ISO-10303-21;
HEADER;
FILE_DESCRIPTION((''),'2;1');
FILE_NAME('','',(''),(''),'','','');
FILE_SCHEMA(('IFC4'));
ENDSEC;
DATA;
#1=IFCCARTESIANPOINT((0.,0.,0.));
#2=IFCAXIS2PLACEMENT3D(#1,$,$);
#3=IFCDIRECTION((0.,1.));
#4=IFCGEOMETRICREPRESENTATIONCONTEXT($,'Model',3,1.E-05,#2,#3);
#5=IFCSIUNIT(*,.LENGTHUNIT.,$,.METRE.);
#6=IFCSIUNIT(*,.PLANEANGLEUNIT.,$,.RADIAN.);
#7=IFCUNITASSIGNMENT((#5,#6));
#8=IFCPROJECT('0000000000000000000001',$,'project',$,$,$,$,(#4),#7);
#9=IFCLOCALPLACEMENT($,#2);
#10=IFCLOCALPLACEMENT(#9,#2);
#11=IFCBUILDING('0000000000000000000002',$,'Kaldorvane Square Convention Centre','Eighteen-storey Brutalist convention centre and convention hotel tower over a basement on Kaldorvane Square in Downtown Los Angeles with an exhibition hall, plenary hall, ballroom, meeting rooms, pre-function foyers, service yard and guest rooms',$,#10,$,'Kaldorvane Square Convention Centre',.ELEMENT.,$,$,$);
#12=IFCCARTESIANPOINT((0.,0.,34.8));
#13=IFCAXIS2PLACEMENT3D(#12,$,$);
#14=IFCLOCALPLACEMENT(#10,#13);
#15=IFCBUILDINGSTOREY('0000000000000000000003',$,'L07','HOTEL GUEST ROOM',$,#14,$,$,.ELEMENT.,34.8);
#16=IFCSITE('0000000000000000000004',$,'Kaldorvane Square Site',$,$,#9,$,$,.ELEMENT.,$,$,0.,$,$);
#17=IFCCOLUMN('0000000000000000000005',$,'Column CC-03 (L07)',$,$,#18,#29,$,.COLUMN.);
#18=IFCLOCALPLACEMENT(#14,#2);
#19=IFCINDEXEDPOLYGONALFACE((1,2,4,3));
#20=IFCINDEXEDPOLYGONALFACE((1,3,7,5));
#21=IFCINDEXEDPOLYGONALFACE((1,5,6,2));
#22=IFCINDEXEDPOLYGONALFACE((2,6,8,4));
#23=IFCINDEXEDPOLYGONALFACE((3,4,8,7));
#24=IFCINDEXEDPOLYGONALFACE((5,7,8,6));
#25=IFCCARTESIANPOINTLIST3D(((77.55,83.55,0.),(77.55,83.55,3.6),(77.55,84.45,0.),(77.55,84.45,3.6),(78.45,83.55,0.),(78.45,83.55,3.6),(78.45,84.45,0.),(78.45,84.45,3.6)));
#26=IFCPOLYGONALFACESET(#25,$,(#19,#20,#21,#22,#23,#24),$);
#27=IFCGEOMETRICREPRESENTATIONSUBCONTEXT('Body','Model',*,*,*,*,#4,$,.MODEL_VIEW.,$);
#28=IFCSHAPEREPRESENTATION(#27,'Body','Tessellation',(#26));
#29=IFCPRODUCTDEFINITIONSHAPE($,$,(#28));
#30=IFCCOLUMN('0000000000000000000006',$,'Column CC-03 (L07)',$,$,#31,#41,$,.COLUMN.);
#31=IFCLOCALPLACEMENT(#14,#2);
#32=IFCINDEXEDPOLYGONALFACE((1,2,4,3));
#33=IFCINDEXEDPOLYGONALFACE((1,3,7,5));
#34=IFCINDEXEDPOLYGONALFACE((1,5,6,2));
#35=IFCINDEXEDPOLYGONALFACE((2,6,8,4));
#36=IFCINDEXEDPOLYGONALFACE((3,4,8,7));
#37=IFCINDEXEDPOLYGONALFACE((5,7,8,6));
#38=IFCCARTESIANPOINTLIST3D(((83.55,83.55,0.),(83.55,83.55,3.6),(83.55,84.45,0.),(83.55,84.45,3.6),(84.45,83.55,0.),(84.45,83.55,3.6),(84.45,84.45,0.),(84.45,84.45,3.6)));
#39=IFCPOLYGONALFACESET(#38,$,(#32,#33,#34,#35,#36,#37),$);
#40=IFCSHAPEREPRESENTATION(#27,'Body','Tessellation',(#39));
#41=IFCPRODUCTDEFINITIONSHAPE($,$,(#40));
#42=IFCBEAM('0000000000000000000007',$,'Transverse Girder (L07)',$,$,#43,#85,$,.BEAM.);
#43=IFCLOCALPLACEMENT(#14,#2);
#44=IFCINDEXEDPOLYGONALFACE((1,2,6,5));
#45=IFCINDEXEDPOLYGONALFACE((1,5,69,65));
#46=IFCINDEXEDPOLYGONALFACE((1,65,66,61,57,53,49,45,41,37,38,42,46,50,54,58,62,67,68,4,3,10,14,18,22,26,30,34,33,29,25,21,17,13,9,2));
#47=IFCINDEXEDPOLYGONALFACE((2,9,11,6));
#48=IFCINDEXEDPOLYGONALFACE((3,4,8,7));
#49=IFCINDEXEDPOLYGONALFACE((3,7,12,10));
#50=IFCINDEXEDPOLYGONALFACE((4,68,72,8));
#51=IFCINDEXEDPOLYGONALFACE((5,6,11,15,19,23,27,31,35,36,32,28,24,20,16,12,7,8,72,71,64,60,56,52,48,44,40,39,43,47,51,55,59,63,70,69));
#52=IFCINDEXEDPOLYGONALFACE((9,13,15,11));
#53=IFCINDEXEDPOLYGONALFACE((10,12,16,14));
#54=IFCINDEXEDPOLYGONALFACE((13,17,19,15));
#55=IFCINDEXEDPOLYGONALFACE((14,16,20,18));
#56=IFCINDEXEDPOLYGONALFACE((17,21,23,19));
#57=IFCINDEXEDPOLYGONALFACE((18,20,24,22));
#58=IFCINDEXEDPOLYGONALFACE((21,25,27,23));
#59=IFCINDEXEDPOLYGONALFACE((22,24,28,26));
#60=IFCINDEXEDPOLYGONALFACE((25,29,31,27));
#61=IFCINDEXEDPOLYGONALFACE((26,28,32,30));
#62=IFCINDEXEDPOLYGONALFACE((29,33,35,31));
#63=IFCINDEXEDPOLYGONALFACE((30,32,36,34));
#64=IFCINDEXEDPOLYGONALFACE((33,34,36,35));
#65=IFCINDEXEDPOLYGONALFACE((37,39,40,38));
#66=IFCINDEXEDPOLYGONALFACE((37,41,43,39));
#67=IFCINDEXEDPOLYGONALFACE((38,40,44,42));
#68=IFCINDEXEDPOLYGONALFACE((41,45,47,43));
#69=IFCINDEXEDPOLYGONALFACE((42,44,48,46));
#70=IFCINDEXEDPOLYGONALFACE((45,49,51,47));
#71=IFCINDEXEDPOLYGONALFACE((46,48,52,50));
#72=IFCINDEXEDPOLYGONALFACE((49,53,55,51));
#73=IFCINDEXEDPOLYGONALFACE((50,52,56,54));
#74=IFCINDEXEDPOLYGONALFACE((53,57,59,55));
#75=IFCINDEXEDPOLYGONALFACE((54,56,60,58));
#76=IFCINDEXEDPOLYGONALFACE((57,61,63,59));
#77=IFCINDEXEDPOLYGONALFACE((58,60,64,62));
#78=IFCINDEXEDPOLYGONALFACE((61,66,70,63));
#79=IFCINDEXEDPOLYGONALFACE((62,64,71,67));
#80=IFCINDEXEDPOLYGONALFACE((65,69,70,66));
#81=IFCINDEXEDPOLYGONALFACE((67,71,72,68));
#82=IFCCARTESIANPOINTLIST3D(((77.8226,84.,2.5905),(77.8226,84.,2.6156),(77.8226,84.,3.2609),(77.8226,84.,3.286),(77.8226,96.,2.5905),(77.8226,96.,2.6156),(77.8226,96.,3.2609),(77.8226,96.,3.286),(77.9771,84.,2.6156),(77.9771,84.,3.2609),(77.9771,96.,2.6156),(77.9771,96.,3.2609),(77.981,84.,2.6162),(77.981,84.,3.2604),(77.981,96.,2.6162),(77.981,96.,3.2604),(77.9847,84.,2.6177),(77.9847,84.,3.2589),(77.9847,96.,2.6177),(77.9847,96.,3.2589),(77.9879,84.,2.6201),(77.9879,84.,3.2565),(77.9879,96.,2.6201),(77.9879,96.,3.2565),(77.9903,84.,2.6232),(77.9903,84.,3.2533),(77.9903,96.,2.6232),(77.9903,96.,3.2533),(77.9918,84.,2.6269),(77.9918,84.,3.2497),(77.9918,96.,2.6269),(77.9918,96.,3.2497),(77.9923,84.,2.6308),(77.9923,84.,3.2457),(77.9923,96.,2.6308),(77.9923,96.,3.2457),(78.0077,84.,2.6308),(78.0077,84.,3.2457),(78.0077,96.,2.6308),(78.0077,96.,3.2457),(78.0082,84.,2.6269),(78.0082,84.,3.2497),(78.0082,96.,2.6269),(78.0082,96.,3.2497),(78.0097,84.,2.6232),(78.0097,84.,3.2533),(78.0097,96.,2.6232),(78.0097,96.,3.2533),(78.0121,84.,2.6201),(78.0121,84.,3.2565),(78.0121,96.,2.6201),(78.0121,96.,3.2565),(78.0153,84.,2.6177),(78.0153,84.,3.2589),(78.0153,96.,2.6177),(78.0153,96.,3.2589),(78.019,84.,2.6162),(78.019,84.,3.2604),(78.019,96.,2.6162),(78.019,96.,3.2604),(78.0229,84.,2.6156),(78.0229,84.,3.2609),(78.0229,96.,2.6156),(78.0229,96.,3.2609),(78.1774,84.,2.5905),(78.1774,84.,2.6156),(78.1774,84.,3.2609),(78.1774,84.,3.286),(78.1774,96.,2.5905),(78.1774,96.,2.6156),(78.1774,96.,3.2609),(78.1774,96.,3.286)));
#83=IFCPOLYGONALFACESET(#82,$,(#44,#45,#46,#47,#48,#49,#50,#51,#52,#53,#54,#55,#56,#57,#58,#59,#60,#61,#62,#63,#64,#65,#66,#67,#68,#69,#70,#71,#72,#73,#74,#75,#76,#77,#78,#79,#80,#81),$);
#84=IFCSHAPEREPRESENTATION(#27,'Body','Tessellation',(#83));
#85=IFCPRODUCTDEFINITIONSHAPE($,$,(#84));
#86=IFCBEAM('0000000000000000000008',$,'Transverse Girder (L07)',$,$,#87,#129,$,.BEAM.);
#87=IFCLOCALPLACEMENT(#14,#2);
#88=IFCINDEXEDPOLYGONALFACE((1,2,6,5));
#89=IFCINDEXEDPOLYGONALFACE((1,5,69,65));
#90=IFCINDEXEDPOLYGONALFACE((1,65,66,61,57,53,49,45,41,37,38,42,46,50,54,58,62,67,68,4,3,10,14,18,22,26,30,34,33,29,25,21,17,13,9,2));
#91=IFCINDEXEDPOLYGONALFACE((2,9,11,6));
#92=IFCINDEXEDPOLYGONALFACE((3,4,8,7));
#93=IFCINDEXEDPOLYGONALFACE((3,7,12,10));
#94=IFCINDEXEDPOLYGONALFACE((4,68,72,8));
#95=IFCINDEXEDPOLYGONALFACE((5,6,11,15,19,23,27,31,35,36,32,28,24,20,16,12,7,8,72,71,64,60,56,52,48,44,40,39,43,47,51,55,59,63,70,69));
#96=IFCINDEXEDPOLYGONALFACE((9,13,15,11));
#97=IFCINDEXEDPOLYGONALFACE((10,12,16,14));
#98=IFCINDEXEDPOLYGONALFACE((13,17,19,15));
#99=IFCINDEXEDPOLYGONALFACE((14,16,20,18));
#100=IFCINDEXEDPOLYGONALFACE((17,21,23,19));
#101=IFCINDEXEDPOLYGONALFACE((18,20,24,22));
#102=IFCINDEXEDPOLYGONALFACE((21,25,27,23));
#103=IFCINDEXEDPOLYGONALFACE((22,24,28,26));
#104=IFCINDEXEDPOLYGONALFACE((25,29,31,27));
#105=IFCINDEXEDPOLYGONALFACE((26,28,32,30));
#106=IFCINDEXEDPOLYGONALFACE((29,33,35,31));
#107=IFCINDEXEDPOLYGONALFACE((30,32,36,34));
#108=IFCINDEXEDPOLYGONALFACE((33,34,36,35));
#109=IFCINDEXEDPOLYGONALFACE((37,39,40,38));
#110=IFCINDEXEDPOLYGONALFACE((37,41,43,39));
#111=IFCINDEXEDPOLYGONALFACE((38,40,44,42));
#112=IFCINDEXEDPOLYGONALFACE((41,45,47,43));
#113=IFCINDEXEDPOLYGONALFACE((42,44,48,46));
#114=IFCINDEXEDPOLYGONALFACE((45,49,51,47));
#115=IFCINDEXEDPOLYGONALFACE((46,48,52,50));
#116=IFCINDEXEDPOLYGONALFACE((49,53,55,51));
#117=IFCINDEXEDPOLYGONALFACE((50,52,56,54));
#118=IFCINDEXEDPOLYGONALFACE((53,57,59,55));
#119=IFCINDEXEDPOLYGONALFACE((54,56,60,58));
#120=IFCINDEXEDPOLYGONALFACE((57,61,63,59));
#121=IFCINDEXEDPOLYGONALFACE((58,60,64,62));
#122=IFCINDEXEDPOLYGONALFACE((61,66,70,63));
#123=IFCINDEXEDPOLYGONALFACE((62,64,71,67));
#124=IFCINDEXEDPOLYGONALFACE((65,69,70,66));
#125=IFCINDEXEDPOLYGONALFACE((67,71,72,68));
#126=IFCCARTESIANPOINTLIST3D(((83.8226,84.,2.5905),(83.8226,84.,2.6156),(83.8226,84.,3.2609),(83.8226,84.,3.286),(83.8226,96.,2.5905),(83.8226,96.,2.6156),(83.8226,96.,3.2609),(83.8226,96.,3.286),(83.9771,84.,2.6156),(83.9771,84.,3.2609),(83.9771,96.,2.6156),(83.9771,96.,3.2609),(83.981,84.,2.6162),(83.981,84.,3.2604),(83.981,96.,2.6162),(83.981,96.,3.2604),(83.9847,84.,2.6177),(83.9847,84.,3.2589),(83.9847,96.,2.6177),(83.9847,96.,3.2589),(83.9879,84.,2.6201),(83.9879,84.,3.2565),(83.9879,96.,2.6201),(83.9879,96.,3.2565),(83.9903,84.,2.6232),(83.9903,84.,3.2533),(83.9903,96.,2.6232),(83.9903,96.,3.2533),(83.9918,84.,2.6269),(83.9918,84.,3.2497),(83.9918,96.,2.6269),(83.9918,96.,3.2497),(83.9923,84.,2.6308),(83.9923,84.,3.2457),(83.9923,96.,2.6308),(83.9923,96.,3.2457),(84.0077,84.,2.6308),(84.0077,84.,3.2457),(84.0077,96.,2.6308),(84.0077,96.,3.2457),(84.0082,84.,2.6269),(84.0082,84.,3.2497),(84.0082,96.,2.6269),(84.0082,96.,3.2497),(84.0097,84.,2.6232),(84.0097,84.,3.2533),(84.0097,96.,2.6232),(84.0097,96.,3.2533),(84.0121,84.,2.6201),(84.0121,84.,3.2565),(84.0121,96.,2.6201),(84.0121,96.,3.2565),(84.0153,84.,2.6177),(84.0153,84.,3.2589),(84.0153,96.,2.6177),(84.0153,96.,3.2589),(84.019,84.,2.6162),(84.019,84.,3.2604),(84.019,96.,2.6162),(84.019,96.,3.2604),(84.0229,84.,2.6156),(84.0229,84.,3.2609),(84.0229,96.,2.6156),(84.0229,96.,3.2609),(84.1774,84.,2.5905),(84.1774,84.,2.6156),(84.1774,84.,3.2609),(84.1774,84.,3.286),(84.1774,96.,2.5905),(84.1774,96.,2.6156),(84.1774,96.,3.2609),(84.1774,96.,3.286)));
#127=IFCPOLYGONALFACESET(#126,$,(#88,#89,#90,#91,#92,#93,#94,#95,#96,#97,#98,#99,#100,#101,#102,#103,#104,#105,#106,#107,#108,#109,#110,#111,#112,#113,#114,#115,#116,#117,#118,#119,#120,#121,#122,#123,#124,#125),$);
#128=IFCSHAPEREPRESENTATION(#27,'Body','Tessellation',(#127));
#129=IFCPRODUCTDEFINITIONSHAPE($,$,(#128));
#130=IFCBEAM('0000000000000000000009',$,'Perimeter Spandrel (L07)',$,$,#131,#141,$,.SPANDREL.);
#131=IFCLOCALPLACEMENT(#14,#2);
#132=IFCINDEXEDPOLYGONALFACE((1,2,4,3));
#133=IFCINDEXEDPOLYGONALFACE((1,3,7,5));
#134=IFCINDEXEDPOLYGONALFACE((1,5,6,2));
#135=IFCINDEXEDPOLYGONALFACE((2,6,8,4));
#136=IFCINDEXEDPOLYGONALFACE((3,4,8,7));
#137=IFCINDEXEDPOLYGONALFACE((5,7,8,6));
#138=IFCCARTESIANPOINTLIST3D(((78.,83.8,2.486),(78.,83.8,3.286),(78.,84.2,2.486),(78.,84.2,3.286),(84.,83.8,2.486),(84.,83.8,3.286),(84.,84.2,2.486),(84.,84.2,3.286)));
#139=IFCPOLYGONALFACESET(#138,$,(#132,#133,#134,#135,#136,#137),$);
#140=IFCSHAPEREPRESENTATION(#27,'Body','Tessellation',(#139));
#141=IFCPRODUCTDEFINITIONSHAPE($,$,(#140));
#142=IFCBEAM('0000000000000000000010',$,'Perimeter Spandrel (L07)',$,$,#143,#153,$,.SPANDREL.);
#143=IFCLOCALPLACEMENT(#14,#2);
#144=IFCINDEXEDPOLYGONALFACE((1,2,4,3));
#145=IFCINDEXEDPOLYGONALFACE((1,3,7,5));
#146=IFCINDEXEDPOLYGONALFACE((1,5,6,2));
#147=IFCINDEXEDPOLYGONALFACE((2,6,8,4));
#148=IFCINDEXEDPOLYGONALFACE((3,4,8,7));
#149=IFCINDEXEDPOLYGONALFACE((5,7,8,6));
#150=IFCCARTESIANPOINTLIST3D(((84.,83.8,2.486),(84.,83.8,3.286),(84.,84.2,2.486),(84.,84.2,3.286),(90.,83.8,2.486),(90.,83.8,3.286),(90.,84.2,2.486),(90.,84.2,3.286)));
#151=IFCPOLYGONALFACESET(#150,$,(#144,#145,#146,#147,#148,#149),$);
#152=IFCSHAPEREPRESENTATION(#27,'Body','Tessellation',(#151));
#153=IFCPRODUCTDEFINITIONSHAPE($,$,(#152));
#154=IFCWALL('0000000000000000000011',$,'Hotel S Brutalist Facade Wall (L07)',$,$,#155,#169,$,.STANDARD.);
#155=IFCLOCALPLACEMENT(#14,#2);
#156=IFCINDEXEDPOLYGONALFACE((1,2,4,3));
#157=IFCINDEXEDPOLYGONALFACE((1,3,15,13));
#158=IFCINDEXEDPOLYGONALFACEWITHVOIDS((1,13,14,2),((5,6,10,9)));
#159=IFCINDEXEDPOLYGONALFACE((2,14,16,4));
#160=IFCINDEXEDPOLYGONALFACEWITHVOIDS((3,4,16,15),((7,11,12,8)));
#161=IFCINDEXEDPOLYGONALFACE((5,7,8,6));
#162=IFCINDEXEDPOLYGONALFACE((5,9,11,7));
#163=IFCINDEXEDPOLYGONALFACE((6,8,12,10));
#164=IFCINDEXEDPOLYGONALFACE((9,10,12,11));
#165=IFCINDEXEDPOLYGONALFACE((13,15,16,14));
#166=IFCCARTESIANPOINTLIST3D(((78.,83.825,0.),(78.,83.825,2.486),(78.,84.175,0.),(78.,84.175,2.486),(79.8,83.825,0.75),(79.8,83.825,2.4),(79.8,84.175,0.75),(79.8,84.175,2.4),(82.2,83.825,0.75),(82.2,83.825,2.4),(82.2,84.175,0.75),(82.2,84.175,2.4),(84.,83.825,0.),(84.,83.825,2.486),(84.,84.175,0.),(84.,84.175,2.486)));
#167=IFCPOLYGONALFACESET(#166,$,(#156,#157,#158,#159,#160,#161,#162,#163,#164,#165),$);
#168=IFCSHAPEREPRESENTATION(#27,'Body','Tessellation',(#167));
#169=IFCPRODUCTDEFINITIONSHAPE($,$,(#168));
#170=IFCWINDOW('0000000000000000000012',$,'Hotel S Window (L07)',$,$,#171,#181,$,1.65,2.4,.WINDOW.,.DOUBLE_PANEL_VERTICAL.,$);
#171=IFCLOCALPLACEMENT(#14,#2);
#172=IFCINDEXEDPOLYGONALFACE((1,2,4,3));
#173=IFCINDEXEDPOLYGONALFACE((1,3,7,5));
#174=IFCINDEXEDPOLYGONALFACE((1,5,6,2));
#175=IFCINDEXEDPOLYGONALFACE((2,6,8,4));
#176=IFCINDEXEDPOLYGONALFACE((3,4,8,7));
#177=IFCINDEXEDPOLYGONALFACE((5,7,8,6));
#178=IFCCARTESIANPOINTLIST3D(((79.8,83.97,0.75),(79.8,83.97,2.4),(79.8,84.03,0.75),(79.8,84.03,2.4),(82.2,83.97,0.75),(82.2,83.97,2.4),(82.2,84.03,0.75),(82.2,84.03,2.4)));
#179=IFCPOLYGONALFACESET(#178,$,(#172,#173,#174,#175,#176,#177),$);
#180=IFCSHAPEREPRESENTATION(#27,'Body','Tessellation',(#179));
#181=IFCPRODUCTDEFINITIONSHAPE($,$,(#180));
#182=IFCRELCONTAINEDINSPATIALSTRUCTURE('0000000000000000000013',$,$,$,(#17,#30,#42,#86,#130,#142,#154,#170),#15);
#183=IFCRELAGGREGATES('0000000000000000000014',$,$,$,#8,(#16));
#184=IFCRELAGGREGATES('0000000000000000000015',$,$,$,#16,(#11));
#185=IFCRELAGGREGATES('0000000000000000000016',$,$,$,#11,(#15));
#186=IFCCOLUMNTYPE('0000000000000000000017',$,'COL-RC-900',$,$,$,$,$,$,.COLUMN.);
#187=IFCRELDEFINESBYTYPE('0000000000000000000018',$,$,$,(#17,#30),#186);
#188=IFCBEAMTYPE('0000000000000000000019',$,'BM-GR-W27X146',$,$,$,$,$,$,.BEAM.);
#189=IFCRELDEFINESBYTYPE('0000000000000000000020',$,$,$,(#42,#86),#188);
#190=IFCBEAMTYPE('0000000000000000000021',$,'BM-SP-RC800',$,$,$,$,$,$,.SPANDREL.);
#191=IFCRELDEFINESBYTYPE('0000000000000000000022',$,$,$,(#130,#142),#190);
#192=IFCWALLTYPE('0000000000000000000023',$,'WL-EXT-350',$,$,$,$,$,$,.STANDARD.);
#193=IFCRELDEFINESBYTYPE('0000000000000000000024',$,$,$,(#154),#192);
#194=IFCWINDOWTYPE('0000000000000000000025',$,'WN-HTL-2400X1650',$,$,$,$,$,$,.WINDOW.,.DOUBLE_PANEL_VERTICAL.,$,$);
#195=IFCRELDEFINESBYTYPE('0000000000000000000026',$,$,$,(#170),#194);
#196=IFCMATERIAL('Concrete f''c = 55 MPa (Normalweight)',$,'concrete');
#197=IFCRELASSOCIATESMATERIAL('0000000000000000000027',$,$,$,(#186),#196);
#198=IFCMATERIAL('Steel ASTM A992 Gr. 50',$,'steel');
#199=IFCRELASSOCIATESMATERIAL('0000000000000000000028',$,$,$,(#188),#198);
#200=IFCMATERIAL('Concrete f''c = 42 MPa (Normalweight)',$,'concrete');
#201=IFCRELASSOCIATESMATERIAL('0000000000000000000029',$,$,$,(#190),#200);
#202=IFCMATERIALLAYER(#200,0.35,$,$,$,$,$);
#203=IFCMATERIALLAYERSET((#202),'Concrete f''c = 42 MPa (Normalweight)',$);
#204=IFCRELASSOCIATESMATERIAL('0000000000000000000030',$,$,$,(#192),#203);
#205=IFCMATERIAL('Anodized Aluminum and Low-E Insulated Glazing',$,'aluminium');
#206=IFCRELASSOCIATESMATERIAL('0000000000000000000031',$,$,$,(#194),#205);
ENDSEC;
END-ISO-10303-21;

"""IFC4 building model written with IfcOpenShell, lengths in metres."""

from ifc_helpers import new_model, si_unit, direction, frame, frame_2d, origin, origin_2d, place, context, subcontext, project, spatial, rectangle, i_section, extrude, material, layer, layer_set, material_profile, profile_set, type_object, element, fill, save


model = new_model("IFC4")

# Units and contexts
model_context = context("Model", 3, precision=1e-05, world=origin(), true_north=direction((0.0, 1.0)))
body_context = subcontext(model_context, "Body", "Model", "MODEL_VIEW")
ifc_project = project(units=[si_unit("LENGTHUNIT", "METRE"), si_unit("PLANEANGLEUNIT", "RADIAN")], contexts=[model_context])

# Site, building, storey
site_placement = place(None, origin())
site = spatial("IfcSite", under=ifc_project, at=site_placement, Name="Kaldorvane Square Site", CompositionType="ELEMENT", RefElevation=0.0)
building_placement = place(site_placement, origin())
building = spatial("IfcBuilding", under=site, at=building_placement, Name="Kaldorvane Square Convention Centre", Description="Eighteen-storey Brutalist convention centre and convention hotel tower over a basement on Kaldorvane Square in Downtown Los Angeles with an exhibition hall, plenary hall, ballroom, meeting rooms, pre-function foyers, service yard and guest rooms", LongName="Kaldorvane Square Convention Centre", CompositionType="ELEMENT")
storey_placement = place(building_placement, frame((0.0, 0.0, 34.8)))
storey = spatial("IfcBuildingStorey", under=building, at=storey_placement, Name="L07", Description="HOTEL GUEST ROOM", CompositionType="ELEMENT", Elevation=34.8)

# Columns
ifc_material_1 = material(Name="Concrete f'c = 55 MPa (Normalweight)", Category="concrete")
ifc_material_profile_1 = material_profile(ifc_material_1, rectangle(XDim=0.9, YDim=0.9, at=origin_2d()), Name="RC900X900")
ifc_profile_set_1 = profile_set([ifc_material_profile_1], Name="Concrete f'c = 55 MPa (Normalweight)")
column_type = type_object("IfcColumnType", Name="COL-RC-900", PredefinedType="COLUMN", material=ifc_profile_set_1)
for number, where, z_axis, x_axis, name in (
    (1, (78.0, 84.0, 0.0), (0.0, 0.0, 1.0), (1.0, 0.0, 0.0), "Column CC-03 (L07)"),
    (2, (84.0, 84.0, 0.0), (0.0, 0.0, 1.0), (1.0, 0.0, 0.0), "Column CC-03 (L07)"),
):
    element("IfcColumn", number, at=place(storey_placement, frame(where, z_axis=z_axis, x_axis=x_axis)), inside=storey, type_object=column_type, Name=name, PredefinedType="COLUMN", context=body_context, shape_type="SweptSolid", body=[
        extrude(rectangle(XDim=0.9, YDim=0.9, at=origin_2d()), origin(), (0.0, 0.0, 1.0), 3.6),
    ])

# Beams
ifc_material_2 = material(Name="Steel ASTM A992 Gr. 50", Category="steel")
ifc_material_profile_2 = material_profile(ifc_material_2, i_section(OverallWidth=0.3547, OverallDepth=0.6955, WebThickness=0.0154, FlangeThickness=0.0251, FilletRadius=0.0152, at=origin_2d()), Name="W27X146")
ifc_profile_set_2 = profile_set([ifc_material_profile_2], Name="Steel ASTM A992 Gr. 50")
beam_type_1 = type_object("IfcBeamType", Name="BM-GR-W27X146", PredefinedType="BEAM", material=ifc_profile_set_2)
for number, where, z_axis, x_axis, name in (
    (3, (78.0, 84.0, 2.9383), (0.0, 1.0, 0.0), (-1.0, 0.0, 0.0), "Transverse Girder (L07)"),
    (4, (84.0, 84.0, 2.9383), (0.0, 1.0, 0.0), (-1.0, 0.0, 0.0), "Transverse Girder (L07)"),
):
    element("IfcBeam", number, at=place(storey_placement, frame(where, z_axis=z_axis, x_axis=x_axis)), inside=storey, type_object=beam_type_1, Name=name, PredefinedType="BEAM", context=body_context, shape_type="SweptSolid", body=[
        extrude(i_section(OverallWidth=0.3547, OverallDepth=0.6955, WebThickness=0.0154, FlangeThickness=0.0251, FilletRadius=0.0152, at=origin_2d()), origin(), (0.0, 0.0, 1.0), 12.0),
    ])
ifc_material_3 = material(Name="Concrete f'c = 42 MPa (Normalweight)", Category="concrete")
ifc_material_profile_3 = material_profile(ifc_material_3, rectangle(XDim=0.4, YDim=0.8, at=origin_2d()), Name="RCSP800X400")
ifc_profile_set_3 = profile_set([ifc_material_profile_3], Name="Concrete f'c = 42 MPa (Normalweight)")
beam_type_2 = type_object("IfcBeamType", Name="BM-SP-RC800", PredefinedType="SPANDREL", material=ifc_profile_set_3)
for number, where, z_axis, x_axis, name in (
    (5, (78.0, 84.0, 2.886), (1.0, 0.0, 0.0), (0.0, 1.0, 0.0), "Perimeter Spandrel (L07)"),
    (6, (84.0, 84.0, 2.886), (1.0, 0.0, 0.0), (0.0, 1.0, 0.0), "Perimeter Spandrel (L07)"),
):
    element("IfcBeam", number, at=place(storey_placement, frame(where, z_axis=z_axis, x_axis=x_axis)), inside=storey, type_object=beam_type_2, Name=name, PredefinedType="SPANDREL", context=body_context, shape_type="SweptSolid", body=[
        extrude(rectangle(XDim=0.4, YDim=0.8, at=origin_2d()), origin(), (0.0, 0.0, 1.0), 6.0),
    ])

# Wall, opening, window
ifc_layer_1 = layer(ifc_material_3, 0.35)
ifc_layer_set_1 = layer_set([ifc_layer_1], Name="Concrete f'c = 42 MPa (Normalweight)")
wall_type_1 = type_object("IfcWallType", Name="WL-EXT-350", PredefinedType="STANDARD", material=ifc_layer_set_1)
wall_1_placement = place(storey_placement, frame((78.0, 84.0, 0.0), z_axis=(0.0, 0.0, 1.0), x_axis=(1.0, 0.0, 0.0)))
wall_1 = element("IfcWall", 7, at=wall_1_placement, inside=storey, type_object=wall_type_1, Name="Hotel S Brutalist Facade Wall (L07)", PredefinedType="STANDARD", context=body_context, shape_type="SweptSolid", body=[
    extrude(rectangle(XDim=6.0, YDim=0.35, at=frame_2d((3.0, 0.0))), origin(), (0.0, 0.0, 1.0), 2.486),
])
opening_1_placement = place(wall_1_placement, frame((1.8, 0.0, 0.75)))
opening_1 = element("IfcOpeningElement", 8, at=opening_1_placement, cuts=wall_1, PredefinedType="OPENING", context=body_context, shape_type="SweptSolid", body=[
    extrude(rectangle(XDim=2.4, YDim=1.65, at=frame_2d((1.2, 0.825))), frame((0.0, 0.19, 0.0), z_axis=(0.0, -1.0, 0.0), x_axis=(1.0, 0.0, 0.0)), (0.0, 0.0, 1.0), 0.38),
])
ifc_material_4 = material(Name="Anodized Aluminum and Low-E Insulated Glazing", Category="aluminium")
window_type = type_object("IfcWindowType", Name="WN-HTL-2400X1650", PartitioningType="DOUBLE_PANEL_VERTICAL", PredefinedType="WINDOW", material=ifc_material_4)
window_1_placement = place(opening_1_placement, origin())
window_1 = element("IfcWindow", 9, at=window_1_placement, inside=storey, type_object=window_type, Name="Hotel S Window (L07)", OverallHeight=1.65, OverallWidth=2.4, PartitioningType="DOUBLE_PANEL_VERTICAL", PredefinedType="WINDOW", context=body_context, shape_type="SweptSolid", body=[
    extrude(rectangle(XDim=2.4, YDim=1.65, at=frame_2d((1.2, 0.825))), frame((0.0, 0.03, 0.0), z_axis=(0.0, -1.0, 0.0), x_axis=(1.0, 0.0, 0.0)), (0.0, 0.0, 1.0), 0.06),
])
fill(opening_1, window_1)

save(model, "model.ifc")
